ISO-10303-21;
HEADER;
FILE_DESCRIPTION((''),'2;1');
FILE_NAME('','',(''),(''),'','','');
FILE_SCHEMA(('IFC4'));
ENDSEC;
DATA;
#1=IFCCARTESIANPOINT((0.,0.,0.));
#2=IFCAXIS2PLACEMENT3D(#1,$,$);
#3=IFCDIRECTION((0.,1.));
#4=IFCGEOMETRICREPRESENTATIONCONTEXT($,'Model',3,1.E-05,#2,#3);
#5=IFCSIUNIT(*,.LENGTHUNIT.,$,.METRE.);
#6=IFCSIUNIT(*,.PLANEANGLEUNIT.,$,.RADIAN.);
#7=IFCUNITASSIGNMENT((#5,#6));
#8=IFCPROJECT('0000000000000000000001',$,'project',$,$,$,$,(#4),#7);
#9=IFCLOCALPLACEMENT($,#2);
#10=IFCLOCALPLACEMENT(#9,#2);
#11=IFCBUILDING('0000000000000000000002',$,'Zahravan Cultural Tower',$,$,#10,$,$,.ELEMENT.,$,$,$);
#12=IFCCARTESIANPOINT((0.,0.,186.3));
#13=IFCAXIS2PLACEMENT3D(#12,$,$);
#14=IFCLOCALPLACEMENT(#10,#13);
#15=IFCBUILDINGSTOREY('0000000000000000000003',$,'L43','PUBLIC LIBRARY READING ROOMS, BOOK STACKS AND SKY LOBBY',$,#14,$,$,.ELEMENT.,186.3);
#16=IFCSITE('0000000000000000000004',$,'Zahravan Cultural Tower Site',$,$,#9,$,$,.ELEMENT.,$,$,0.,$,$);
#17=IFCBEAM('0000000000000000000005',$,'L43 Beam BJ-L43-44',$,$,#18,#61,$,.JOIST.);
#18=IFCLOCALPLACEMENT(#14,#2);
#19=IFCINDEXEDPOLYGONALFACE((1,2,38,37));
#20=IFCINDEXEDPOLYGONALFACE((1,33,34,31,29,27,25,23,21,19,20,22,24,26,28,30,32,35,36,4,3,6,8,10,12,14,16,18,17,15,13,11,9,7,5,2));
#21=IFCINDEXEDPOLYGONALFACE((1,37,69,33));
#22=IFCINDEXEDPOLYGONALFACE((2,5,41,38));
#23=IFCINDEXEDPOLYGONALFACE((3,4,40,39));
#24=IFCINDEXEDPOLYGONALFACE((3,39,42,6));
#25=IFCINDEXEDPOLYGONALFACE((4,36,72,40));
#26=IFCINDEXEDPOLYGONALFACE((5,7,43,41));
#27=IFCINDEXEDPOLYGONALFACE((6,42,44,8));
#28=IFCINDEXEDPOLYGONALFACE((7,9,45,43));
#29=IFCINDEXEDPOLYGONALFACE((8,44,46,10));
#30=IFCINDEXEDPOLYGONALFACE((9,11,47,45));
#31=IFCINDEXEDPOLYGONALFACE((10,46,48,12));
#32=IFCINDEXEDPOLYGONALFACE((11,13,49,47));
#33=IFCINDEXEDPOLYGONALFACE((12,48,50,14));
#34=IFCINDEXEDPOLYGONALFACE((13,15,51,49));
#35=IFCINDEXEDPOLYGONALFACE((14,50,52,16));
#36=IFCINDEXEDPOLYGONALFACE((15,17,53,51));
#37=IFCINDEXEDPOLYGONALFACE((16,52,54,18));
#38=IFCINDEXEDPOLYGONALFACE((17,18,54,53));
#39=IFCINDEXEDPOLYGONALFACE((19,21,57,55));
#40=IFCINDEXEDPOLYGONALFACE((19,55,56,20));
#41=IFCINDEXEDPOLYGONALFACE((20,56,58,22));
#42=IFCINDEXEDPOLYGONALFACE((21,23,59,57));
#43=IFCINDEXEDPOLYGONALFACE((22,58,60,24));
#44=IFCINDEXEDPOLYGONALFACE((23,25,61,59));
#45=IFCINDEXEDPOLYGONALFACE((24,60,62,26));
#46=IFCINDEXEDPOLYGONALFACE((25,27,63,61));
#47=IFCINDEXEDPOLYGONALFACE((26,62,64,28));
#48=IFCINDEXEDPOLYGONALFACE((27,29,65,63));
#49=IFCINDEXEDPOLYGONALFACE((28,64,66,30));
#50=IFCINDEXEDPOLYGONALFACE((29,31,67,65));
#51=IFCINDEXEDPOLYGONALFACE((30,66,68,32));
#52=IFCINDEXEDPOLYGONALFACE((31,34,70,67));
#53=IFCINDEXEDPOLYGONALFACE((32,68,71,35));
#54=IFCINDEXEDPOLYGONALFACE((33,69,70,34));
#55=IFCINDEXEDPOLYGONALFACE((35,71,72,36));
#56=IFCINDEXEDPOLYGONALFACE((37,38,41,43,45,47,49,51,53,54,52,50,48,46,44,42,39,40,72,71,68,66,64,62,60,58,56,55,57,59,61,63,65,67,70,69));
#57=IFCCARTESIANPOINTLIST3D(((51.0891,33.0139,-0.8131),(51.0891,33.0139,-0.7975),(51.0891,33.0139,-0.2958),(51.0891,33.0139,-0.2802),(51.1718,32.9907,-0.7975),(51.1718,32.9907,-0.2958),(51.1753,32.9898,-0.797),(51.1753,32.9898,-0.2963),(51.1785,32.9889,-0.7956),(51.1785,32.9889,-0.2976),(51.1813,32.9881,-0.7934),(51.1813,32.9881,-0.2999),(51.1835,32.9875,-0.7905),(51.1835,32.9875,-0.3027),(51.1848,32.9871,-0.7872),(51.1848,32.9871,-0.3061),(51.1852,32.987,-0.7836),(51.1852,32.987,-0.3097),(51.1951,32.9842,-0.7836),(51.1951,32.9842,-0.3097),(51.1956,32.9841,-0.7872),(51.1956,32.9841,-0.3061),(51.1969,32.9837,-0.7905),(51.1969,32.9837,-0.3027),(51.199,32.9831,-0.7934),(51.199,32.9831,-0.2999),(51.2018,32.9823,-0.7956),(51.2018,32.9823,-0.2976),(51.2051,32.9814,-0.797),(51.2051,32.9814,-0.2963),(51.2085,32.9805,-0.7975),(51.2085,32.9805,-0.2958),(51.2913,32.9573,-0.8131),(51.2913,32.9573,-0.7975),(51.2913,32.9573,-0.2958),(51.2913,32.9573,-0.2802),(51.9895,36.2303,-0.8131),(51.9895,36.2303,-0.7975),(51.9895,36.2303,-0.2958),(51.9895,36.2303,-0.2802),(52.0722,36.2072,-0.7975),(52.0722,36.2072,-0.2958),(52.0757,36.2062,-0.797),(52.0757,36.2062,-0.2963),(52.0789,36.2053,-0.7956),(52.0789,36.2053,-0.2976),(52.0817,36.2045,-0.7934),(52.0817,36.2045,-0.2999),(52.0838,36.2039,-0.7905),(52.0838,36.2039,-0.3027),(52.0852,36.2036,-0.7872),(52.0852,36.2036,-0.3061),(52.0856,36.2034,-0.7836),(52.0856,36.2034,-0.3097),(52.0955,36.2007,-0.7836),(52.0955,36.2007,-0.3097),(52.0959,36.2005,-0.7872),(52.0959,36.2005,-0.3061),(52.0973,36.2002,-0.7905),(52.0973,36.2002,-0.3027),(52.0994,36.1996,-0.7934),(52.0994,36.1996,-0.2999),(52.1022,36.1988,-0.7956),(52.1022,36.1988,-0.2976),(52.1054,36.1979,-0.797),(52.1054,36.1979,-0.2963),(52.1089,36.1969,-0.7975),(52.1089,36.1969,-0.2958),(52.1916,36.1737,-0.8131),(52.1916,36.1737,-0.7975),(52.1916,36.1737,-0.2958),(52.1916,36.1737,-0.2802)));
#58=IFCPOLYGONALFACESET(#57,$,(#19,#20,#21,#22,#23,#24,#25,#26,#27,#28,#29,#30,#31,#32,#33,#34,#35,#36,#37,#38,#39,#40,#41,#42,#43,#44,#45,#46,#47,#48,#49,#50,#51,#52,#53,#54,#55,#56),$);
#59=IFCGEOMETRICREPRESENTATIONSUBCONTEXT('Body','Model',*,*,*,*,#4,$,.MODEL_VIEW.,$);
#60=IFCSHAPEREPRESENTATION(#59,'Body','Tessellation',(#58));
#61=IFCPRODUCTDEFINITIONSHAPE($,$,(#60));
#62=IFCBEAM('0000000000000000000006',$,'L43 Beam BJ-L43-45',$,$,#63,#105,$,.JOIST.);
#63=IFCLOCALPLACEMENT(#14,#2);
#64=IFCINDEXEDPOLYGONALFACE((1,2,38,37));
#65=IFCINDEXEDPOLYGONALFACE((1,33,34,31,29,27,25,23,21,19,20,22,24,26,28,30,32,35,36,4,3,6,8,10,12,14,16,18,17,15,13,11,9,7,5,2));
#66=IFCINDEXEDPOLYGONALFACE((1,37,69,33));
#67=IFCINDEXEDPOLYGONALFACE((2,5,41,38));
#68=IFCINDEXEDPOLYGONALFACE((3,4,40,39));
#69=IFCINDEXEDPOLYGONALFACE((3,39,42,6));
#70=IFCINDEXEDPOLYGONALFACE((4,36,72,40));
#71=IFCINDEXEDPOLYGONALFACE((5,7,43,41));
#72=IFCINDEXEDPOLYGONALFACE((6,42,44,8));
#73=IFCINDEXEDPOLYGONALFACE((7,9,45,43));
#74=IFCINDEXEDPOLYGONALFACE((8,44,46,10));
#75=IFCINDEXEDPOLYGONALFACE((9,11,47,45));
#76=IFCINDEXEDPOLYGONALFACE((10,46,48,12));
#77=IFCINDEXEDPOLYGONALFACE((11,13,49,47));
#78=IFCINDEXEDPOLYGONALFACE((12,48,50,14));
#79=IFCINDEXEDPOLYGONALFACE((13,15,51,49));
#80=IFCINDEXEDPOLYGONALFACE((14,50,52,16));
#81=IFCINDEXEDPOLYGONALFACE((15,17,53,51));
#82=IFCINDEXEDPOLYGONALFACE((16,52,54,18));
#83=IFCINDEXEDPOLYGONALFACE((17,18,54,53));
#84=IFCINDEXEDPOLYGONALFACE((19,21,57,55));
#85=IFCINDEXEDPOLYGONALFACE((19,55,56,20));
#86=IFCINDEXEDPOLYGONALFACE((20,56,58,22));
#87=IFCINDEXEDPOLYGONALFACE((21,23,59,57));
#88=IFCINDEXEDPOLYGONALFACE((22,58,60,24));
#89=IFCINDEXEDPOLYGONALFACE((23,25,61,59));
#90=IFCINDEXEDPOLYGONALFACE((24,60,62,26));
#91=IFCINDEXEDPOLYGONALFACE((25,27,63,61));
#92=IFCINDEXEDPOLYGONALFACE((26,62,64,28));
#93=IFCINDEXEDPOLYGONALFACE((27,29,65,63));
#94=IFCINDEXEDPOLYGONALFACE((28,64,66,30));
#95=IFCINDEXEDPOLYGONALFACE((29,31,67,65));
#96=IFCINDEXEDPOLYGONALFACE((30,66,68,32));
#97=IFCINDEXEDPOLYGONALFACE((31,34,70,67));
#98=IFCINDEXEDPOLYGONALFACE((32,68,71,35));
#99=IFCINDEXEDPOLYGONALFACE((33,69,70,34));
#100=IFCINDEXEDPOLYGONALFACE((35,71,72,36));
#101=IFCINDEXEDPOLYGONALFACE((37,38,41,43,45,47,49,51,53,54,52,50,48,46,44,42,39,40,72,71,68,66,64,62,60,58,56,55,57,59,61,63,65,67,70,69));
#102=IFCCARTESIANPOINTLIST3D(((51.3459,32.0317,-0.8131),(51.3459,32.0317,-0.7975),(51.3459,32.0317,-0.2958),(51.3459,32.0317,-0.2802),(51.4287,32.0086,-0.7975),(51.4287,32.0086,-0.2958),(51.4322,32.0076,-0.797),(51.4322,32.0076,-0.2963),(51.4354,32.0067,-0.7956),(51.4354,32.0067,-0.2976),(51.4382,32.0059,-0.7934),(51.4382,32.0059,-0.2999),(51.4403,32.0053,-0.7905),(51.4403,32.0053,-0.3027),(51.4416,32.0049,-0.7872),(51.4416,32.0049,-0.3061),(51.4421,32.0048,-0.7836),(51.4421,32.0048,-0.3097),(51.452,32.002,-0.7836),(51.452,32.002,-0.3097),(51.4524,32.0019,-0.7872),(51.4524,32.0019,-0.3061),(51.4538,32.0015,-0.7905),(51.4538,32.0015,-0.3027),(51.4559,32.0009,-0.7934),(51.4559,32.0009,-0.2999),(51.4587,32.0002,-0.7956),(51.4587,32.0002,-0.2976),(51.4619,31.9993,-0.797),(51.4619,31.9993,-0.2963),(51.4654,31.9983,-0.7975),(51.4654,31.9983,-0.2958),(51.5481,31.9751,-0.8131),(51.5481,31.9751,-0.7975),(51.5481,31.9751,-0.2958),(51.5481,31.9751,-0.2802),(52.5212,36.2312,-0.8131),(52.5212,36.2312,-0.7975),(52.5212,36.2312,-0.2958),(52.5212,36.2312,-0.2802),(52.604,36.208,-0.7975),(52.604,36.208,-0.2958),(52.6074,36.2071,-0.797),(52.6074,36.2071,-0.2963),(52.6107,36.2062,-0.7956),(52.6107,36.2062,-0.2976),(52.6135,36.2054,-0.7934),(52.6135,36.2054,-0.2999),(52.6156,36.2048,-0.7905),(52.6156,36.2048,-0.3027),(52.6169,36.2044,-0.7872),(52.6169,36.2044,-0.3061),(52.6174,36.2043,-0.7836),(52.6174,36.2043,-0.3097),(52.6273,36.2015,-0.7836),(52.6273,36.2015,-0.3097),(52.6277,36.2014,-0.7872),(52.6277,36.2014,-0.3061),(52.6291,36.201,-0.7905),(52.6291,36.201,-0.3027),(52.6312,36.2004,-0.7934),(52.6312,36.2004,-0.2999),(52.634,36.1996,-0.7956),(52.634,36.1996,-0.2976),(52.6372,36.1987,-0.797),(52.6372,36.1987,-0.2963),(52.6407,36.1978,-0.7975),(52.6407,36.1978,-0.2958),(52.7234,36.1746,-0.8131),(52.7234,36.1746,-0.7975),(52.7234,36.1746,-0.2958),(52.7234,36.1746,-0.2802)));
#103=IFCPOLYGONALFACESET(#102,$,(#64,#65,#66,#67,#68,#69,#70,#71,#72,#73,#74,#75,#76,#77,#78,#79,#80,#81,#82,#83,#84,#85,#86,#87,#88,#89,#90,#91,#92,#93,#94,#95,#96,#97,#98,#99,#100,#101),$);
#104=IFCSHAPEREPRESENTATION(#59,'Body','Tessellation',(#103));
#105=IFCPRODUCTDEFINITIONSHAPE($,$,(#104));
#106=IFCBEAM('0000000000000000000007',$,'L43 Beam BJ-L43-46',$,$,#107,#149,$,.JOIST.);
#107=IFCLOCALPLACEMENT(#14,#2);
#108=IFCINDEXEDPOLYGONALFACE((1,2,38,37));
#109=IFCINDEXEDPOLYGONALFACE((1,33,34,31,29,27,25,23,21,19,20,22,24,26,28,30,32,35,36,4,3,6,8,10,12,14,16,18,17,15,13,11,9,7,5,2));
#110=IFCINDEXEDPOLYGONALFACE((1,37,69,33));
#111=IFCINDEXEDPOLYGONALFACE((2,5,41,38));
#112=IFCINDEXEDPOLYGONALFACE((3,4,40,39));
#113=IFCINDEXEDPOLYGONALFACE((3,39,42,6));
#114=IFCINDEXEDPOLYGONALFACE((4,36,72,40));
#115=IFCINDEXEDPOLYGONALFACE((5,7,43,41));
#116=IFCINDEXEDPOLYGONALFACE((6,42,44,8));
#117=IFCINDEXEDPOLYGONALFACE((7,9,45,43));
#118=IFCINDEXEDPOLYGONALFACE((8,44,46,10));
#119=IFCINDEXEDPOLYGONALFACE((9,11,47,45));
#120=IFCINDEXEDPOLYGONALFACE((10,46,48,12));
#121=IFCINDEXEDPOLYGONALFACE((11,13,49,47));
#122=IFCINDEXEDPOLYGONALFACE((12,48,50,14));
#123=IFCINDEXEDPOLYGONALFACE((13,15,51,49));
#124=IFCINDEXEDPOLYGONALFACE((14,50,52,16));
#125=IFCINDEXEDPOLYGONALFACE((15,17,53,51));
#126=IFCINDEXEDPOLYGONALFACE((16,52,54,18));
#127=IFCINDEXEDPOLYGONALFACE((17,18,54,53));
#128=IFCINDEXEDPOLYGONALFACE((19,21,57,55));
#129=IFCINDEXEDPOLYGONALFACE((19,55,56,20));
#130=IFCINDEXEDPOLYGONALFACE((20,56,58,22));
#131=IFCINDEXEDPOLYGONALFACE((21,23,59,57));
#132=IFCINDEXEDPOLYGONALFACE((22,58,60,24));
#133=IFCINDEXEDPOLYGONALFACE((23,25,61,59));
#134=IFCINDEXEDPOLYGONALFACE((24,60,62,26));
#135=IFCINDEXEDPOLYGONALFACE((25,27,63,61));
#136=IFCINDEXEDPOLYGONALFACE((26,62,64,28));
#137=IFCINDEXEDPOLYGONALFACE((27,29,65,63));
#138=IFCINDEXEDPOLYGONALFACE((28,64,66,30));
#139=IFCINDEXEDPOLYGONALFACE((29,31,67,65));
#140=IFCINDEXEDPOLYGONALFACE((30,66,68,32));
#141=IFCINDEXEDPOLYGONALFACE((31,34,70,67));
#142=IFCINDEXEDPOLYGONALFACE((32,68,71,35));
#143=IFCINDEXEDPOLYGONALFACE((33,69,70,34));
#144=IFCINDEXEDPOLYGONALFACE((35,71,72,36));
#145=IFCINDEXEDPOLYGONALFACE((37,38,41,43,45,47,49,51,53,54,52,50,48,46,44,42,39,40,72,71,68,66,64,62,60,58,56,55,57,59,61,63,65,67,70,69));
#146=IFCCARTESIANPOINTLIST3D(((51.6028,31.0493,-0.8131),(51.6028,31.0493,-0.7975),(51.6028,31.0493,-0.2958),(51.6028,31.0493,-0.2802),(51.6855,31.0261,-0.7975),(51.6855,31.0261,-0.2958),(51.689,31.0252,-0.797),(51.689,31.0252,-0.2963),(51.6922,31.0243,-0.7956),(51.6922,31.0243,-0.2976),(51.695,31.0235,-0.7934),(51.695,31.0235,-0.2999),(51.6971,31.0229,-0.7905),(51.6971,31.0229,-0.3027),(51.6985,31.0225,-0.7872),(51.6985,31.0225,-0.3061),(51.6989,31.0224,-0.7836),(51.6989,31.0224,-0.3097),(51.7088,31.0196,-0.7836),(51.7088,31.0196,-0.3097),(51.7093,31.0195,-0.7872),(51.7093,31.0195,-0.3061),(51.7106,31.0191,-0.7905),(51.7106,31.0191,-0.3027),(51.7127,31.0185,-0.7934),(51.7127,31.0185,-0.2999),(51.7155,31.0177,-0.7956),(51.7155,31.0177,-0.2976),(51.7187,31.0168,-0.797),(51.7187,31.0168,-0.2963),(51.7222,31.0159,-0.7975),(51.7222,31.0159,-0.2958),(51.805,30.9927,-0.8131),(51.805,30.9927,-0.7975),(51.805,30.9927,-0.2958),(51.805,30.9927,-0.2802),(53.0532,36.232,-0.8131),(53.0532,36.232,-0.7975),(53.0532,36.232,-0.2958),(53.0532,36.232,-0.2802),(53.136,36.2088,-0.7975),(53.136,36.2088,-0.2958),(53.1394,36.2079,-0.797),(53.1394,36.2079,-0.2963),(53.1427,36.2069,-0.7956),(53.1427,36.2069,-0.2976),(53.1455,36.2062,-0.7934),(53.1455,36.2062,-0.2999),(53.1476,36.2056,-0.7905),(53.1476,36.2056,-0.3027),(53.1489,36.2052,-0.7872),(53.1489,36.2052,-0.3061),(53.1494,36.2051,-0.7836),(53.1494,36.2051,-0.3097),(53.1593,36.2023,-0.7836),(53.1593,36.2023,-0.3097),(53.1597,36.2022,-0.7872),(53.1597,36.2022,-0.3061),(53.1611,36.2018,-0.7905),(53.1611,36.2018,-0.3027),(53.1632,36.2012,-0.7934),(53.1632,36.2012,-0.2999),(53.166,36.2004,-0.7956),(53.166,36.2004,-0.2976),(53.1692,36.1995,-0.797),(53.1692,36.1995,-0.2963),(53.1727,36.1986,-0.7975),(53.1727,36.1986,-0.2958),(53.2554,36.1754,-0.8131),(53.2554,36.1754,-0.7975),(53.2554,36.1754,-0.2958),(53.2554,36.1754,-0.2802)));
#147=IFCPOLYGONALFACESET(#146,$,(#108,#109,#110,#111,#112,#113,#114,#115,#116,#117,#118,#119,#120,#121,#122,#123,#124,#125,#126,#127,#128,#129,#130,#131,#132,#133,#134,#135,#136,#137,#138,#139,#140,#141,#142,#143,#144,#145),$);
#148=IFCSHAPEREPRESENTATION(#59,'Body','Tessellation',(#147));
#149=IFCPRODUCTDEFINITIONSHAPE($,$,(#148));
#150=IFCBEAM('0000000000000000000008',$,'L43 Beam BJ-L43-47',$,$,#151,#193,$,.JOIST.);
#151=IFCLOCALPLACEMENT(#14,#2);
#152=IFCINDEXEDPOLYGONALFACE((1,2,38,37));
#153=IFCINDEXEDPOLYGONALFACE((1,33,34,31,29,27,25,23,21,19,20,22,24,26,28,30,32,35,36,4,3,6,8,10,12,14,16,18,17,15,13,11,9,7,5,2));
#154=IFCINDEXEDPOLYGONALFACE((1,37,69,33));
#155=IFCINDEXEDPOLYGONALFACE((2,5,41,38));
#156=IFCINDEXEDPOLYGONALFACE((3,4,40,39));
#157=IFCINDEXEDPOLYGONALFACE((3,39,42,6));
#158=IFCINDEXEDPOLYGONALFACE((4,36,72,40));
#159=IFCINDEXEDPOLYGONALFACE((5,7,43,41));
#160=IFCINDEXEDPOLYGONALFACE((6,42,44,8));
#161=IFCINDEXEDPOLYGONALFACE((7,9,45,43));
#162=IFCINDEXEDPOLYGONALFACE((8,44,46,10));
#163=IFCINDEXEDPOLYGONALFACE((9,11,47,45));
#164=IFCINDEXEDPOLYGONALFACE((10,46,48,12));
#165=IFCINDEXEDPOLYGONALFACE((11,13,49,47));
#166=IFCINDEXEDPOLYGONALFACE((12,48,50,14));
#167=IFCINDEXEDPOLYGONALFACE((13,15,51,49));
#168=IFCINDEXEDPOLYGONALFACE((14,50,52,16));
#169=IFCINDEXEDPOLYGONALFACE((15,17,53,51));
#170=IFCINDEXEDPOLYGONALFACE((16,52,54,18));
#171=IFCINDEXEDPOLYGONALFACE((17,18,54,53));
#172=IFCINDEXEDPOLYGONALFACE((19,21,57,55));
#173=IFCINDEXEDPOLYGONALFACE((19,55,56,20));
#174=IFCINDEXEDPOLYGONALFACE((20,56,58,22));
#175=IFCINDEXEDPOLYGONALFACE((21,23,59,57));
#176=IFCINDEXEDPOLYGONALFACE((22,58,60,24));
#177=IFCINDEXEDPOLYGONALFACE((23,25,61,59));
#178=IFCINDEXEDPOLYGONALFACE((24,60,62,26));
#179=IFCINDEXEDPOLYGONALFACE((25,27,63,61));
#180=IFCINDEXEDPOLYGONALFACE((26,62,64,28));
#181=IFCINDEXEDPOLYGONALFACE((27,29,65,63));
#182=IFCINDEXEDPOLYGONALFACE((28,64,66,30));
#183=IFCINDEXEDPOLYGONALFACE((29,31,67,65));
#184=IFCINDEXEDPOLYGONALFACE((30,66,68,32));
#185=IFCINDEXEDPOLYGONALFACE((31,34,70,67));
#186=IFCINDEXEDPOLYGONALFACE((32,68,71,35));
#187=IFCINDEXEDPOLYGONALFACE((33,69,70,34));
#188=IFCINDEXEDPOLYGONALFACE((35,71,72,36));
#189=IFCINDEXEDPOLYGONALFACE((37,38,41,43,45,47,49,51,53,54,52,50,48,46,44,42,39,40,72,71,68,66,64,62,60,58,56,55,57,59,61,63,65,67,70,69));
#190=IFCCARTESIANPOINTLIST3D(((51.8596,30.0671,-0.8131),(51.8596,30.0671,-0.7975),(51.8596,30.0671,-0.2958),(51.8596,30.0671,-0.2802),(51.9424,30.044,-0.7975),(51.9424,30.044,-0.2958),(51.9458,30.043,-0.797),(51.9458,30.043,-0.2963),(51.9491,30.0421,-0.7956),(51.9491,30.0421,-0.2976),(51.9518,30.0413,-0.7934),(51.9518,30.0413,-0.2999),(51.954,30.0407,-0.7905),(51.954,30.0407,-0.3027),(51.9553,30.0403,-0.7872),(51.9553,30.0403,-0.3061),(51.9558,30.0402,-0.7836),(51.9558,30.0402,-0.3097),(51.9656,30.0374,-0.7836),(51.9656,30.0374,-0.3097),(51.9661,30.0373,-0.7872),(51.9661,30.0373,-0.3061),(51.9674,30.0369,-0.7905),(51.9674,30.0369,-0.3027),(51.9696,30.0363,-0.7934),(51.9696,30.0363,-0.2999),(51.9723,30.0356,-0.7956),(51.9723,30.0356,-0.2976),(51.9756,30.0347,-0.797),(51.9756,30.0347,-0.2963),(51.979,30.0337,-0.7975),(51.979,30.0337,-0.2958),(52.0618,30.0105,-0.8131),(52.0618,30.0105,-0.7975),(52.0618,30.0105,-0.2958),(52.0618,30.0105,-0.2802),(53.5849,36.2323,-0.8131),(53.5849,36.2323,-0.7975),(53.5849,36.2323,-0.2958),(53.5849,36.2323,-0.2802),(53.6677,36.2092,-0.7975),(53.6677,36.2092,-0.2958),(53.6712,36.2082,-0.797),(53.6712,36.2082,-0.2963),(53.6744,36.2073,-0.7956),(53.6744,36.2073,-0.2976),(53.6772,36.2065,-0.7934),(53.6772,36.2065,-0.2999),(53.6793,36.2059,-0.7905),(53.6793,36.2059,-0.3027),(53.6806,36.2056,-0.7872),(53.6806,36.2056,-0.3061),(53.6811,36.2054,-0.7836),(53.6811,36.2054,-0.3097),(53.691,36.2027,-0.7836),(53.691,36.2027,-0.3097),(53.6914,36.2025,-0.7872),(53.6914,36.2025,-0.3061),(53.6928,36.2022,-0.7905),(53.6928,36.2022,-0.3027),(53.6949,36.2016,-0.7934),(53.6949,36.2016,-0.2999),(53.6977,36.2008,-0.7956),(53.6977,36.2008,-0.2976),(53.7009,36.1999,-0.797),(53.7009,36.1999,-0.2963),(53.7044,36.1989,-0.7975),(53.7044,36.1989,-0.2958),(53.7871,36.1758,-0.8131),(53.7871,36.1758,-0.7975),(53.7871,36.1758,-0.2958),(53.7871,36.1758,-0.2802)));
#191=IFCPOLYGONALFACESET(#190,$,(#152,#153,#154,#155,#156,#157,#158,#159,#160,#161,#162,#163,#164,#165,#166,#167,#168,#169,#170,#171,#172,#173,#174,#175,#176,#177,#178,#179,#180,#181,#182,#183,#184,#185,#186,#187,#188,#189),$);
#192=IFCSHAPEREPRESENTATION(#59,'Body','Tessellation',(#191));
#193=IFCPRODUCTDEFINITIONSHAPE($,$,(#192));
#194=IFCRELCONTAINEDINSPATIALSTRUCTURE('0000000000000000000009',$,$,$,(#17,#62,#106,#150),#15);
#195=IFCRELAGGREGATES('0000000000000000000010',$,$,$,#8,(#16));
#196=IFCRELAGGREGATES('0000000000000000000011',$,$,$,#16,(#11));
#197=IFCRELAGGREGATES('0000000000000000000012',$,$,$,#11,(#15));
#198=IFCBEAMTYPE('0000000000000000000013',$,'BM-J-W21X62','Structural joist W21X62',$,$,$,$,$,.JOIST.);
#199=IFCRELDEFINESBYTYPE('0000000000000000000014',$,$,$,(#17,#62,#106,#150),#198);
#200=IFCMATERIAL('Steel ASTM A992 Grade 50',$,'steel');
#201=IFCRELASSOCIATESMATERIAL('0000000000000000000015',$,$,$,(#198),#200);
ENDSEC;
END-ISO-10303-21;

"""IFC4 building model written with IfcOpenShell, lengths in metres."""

from ifc_helpers import new_model, si_unit, direction, frame, origin, origin_2d, place, context, subcontext, project, spatial, i_section, extrude, source, transform, mapped, material, material_profile, profile_set, type_object, element, save


model = new_model("IFC4")

# Units and contexts
model_context = context("Model", 3, precision=1e-05, world=origin(), true_north=direction((0.0, 1.0)))
body_context = subcontext(model_context, "Body", "Model", "MODEL_VIEW")
ifc_project = project(units=[si_unit("LENGTHUNIT", "METRE"), si_unit("PLANEANGLEUNIT", "RADIAN")], contexts=[model_context])

# Site, building, storey
site_placement = place(None, origin())
site = spatial("IfcSite", under=ifc_project, at=site_placement, Name="Zahravan Cultural Tower Site", CompositionType="ELEMENT", RefElevation=0.0)
building_placement = place(site_placement, origin())
building = spatial("IfcBuilding", under=site, at=building_placement, Name="Zahravan Cultural Tower", CompositionType="ELEMENT")
storey_placement = place(building_placement, frame((0.0, 0.0, 186.3)))
storey = spatial("IfcBuildingStorey", under=building, at=storey_placement, Name="L43", Description="PUBLIC LIBRARY READING ROOMS, BOOK STACKS AND SKY LOBBY", CompositionType="ELEMENT", Elevation=186.3)

# Shared definitions
ifc_material_1 = material(Name="Steel ASTM A992 Grade 50", Category="steel")

# Beams
ifc_material_profile_1 = material_profile(ifc_material_1, i_section(OverallWidth=0.21, OverallDepth=0.533, WebThickness=0.0103, FlangeThickness=0.0156, FilletRadius=0.0139, at=origin_2d()), Name="W21X62")
ifc_profile_set_1 = profile_set([ifc_material_profile_1], Name="Steel ASTM A992 Grade 50")
beam_type_1 = type_object("IfcBeamType", Name="BM-J-W21X62", Description="Structural joist W21X62", PredefinedType="JOIST", material=ifc_profile_set_1)
shared_shape_1 = source(origin(), body_context, "Body", "SweptSolid", [
    extrude(i_section(OverallWidth=0.21, OverallDepth=0.533, WebThickness=0.0103, FlangeThickness=0.0156, FilletRadius=0.0139, at=origin_2d()), origin(), (0.0, 0.0, 1.0), 3.3401),
])
beam_1_placement = place(storey_placement, frame((51.1902, 32.9856, -0.5466), z_axis=(0.269562, 0.962983, 0.0), x_axis=(-0.962983, 0.269562, 0.0)))
element("IfcBeam", 1, at=beam_1_placement, inside=storey, type_object=beam_type_1, Name="L43 Beam BJ-L43-44", PredefinedType="JOIST", context=body_context, shape_type="MappedRepresentation", body=[
    mapped(shared_shape_1, transform((0.0, 0.0, 0.0), x_axis=(1.0, 0.0, 0.0), y_axis=(0.0, 1.0, 0.0), z_axis=(0.0, 0.0, 1.0), scale=1.0)),
])
shared_shape_2 = source(origin(), body_context, "Body", "SweptSolid", [
    extrude(i_section(OverallWidth=0.21, OverallDepth=0.533, WebThickness=0.0103, FlangeThickness=0.0156, FilletRadius=0.0139, at=origin_2d()), origin(), (0.0, 0.0, 1.0), 4.3608),
])
beam_2_placement = place(storey_placement, frame((51.447, 32.0034, -0.5466), z_axis=(0.269512, 0.962997, 0.0), x_axis=(-0.962997, 0.269512, 0.0)))
element("IfcBeam", 2, at=beam_2_placement, inside=storey, type_object=beam_type_1, Name="L43 Beam BJ-L43-45", PredefinedType="JOIST", context=body_context, shape_type="MappedRepresentation", body=[
    mapped(shared_shape_2, transform((0.0, 0.0, 0.0), x_axis=(1.0, 0.0, 0.0), y_axis=(0.0, 1.0, 0.0), z_axis=(0.0, 0.0, 1.0), scale=1.0)),
])
shared_shape_3 = source(origin(), body_context, "Body", "SweptSolid", [
    extrude(i_section(OverallWidth=0.21, OverallDepth=0.533, WebThickness=0.0103, FlangeThickness=0.0156, FilletRadius=0.0139, at=origin_2d()), origin(), (0.0, 0.0, 1.0), 5.3818),
])
beam_3_placement = place(storey_placement, frame((51.7039, 31.021, -0.5466), z_axis=(0.26951, 0.962997, 0.0), x_axis=(-0.962997, 0.26951, 0.0)))
element("IfcBeam", 3, at=beam_3_placement, inside=storey, type_object=beam_type_1, Name="L43 Beam BJ-L43-46", PredefinedType="JOIST", context=body_context, shape_type="MappedRepresentation", body=[
    mapped(shared_shape_3, transform((0.0, 0.0, 0.0), x_axis=(1.0, 0.0, 0.0), y_axis=(0.0, 1.0, 0.0), z_axis=(0.0, 0.0, 1.0), scale=1.0)),
])
shared_shape_4 = source(origin(), body_context, "Body", "SweptSolid", [
    extrude(i_section(OverallWidth=0.21, OverallDepth=0.533, WebThickness=0.0103, FlangeThickness=0.0156, FilletRadius=0.0139, at=origin_2d()), origin(), (0.0, 0.0, 1.0), 6.4021),
])
beam_4_placement = place(storey_placement, frame((51.9607, 30.0388, -0.5466), z_axis=(0.269494, 0.963002, 0.0), x_axis=(-0.963002, 0.269494, 0.0)))
element("IfcBeam", 4, at=beam_4_placement, inside=storey, type_object=beam_type_1, Name="L43 Beam BJ-L43-47", PredefinedType="JOIST", context=body_context, shape_type="MappedRepresentation", body=[
    mapped(shared_shape_4, transform((0.0, 0.0, 0.0), x_axis=(1.0, 0.0, 0.0), y_axis=(0.0, 1.0, 0.0), z_axis=(0.0, 0.0, 1.0), scale=1.0)),
])

save(model, "model.ifc")
